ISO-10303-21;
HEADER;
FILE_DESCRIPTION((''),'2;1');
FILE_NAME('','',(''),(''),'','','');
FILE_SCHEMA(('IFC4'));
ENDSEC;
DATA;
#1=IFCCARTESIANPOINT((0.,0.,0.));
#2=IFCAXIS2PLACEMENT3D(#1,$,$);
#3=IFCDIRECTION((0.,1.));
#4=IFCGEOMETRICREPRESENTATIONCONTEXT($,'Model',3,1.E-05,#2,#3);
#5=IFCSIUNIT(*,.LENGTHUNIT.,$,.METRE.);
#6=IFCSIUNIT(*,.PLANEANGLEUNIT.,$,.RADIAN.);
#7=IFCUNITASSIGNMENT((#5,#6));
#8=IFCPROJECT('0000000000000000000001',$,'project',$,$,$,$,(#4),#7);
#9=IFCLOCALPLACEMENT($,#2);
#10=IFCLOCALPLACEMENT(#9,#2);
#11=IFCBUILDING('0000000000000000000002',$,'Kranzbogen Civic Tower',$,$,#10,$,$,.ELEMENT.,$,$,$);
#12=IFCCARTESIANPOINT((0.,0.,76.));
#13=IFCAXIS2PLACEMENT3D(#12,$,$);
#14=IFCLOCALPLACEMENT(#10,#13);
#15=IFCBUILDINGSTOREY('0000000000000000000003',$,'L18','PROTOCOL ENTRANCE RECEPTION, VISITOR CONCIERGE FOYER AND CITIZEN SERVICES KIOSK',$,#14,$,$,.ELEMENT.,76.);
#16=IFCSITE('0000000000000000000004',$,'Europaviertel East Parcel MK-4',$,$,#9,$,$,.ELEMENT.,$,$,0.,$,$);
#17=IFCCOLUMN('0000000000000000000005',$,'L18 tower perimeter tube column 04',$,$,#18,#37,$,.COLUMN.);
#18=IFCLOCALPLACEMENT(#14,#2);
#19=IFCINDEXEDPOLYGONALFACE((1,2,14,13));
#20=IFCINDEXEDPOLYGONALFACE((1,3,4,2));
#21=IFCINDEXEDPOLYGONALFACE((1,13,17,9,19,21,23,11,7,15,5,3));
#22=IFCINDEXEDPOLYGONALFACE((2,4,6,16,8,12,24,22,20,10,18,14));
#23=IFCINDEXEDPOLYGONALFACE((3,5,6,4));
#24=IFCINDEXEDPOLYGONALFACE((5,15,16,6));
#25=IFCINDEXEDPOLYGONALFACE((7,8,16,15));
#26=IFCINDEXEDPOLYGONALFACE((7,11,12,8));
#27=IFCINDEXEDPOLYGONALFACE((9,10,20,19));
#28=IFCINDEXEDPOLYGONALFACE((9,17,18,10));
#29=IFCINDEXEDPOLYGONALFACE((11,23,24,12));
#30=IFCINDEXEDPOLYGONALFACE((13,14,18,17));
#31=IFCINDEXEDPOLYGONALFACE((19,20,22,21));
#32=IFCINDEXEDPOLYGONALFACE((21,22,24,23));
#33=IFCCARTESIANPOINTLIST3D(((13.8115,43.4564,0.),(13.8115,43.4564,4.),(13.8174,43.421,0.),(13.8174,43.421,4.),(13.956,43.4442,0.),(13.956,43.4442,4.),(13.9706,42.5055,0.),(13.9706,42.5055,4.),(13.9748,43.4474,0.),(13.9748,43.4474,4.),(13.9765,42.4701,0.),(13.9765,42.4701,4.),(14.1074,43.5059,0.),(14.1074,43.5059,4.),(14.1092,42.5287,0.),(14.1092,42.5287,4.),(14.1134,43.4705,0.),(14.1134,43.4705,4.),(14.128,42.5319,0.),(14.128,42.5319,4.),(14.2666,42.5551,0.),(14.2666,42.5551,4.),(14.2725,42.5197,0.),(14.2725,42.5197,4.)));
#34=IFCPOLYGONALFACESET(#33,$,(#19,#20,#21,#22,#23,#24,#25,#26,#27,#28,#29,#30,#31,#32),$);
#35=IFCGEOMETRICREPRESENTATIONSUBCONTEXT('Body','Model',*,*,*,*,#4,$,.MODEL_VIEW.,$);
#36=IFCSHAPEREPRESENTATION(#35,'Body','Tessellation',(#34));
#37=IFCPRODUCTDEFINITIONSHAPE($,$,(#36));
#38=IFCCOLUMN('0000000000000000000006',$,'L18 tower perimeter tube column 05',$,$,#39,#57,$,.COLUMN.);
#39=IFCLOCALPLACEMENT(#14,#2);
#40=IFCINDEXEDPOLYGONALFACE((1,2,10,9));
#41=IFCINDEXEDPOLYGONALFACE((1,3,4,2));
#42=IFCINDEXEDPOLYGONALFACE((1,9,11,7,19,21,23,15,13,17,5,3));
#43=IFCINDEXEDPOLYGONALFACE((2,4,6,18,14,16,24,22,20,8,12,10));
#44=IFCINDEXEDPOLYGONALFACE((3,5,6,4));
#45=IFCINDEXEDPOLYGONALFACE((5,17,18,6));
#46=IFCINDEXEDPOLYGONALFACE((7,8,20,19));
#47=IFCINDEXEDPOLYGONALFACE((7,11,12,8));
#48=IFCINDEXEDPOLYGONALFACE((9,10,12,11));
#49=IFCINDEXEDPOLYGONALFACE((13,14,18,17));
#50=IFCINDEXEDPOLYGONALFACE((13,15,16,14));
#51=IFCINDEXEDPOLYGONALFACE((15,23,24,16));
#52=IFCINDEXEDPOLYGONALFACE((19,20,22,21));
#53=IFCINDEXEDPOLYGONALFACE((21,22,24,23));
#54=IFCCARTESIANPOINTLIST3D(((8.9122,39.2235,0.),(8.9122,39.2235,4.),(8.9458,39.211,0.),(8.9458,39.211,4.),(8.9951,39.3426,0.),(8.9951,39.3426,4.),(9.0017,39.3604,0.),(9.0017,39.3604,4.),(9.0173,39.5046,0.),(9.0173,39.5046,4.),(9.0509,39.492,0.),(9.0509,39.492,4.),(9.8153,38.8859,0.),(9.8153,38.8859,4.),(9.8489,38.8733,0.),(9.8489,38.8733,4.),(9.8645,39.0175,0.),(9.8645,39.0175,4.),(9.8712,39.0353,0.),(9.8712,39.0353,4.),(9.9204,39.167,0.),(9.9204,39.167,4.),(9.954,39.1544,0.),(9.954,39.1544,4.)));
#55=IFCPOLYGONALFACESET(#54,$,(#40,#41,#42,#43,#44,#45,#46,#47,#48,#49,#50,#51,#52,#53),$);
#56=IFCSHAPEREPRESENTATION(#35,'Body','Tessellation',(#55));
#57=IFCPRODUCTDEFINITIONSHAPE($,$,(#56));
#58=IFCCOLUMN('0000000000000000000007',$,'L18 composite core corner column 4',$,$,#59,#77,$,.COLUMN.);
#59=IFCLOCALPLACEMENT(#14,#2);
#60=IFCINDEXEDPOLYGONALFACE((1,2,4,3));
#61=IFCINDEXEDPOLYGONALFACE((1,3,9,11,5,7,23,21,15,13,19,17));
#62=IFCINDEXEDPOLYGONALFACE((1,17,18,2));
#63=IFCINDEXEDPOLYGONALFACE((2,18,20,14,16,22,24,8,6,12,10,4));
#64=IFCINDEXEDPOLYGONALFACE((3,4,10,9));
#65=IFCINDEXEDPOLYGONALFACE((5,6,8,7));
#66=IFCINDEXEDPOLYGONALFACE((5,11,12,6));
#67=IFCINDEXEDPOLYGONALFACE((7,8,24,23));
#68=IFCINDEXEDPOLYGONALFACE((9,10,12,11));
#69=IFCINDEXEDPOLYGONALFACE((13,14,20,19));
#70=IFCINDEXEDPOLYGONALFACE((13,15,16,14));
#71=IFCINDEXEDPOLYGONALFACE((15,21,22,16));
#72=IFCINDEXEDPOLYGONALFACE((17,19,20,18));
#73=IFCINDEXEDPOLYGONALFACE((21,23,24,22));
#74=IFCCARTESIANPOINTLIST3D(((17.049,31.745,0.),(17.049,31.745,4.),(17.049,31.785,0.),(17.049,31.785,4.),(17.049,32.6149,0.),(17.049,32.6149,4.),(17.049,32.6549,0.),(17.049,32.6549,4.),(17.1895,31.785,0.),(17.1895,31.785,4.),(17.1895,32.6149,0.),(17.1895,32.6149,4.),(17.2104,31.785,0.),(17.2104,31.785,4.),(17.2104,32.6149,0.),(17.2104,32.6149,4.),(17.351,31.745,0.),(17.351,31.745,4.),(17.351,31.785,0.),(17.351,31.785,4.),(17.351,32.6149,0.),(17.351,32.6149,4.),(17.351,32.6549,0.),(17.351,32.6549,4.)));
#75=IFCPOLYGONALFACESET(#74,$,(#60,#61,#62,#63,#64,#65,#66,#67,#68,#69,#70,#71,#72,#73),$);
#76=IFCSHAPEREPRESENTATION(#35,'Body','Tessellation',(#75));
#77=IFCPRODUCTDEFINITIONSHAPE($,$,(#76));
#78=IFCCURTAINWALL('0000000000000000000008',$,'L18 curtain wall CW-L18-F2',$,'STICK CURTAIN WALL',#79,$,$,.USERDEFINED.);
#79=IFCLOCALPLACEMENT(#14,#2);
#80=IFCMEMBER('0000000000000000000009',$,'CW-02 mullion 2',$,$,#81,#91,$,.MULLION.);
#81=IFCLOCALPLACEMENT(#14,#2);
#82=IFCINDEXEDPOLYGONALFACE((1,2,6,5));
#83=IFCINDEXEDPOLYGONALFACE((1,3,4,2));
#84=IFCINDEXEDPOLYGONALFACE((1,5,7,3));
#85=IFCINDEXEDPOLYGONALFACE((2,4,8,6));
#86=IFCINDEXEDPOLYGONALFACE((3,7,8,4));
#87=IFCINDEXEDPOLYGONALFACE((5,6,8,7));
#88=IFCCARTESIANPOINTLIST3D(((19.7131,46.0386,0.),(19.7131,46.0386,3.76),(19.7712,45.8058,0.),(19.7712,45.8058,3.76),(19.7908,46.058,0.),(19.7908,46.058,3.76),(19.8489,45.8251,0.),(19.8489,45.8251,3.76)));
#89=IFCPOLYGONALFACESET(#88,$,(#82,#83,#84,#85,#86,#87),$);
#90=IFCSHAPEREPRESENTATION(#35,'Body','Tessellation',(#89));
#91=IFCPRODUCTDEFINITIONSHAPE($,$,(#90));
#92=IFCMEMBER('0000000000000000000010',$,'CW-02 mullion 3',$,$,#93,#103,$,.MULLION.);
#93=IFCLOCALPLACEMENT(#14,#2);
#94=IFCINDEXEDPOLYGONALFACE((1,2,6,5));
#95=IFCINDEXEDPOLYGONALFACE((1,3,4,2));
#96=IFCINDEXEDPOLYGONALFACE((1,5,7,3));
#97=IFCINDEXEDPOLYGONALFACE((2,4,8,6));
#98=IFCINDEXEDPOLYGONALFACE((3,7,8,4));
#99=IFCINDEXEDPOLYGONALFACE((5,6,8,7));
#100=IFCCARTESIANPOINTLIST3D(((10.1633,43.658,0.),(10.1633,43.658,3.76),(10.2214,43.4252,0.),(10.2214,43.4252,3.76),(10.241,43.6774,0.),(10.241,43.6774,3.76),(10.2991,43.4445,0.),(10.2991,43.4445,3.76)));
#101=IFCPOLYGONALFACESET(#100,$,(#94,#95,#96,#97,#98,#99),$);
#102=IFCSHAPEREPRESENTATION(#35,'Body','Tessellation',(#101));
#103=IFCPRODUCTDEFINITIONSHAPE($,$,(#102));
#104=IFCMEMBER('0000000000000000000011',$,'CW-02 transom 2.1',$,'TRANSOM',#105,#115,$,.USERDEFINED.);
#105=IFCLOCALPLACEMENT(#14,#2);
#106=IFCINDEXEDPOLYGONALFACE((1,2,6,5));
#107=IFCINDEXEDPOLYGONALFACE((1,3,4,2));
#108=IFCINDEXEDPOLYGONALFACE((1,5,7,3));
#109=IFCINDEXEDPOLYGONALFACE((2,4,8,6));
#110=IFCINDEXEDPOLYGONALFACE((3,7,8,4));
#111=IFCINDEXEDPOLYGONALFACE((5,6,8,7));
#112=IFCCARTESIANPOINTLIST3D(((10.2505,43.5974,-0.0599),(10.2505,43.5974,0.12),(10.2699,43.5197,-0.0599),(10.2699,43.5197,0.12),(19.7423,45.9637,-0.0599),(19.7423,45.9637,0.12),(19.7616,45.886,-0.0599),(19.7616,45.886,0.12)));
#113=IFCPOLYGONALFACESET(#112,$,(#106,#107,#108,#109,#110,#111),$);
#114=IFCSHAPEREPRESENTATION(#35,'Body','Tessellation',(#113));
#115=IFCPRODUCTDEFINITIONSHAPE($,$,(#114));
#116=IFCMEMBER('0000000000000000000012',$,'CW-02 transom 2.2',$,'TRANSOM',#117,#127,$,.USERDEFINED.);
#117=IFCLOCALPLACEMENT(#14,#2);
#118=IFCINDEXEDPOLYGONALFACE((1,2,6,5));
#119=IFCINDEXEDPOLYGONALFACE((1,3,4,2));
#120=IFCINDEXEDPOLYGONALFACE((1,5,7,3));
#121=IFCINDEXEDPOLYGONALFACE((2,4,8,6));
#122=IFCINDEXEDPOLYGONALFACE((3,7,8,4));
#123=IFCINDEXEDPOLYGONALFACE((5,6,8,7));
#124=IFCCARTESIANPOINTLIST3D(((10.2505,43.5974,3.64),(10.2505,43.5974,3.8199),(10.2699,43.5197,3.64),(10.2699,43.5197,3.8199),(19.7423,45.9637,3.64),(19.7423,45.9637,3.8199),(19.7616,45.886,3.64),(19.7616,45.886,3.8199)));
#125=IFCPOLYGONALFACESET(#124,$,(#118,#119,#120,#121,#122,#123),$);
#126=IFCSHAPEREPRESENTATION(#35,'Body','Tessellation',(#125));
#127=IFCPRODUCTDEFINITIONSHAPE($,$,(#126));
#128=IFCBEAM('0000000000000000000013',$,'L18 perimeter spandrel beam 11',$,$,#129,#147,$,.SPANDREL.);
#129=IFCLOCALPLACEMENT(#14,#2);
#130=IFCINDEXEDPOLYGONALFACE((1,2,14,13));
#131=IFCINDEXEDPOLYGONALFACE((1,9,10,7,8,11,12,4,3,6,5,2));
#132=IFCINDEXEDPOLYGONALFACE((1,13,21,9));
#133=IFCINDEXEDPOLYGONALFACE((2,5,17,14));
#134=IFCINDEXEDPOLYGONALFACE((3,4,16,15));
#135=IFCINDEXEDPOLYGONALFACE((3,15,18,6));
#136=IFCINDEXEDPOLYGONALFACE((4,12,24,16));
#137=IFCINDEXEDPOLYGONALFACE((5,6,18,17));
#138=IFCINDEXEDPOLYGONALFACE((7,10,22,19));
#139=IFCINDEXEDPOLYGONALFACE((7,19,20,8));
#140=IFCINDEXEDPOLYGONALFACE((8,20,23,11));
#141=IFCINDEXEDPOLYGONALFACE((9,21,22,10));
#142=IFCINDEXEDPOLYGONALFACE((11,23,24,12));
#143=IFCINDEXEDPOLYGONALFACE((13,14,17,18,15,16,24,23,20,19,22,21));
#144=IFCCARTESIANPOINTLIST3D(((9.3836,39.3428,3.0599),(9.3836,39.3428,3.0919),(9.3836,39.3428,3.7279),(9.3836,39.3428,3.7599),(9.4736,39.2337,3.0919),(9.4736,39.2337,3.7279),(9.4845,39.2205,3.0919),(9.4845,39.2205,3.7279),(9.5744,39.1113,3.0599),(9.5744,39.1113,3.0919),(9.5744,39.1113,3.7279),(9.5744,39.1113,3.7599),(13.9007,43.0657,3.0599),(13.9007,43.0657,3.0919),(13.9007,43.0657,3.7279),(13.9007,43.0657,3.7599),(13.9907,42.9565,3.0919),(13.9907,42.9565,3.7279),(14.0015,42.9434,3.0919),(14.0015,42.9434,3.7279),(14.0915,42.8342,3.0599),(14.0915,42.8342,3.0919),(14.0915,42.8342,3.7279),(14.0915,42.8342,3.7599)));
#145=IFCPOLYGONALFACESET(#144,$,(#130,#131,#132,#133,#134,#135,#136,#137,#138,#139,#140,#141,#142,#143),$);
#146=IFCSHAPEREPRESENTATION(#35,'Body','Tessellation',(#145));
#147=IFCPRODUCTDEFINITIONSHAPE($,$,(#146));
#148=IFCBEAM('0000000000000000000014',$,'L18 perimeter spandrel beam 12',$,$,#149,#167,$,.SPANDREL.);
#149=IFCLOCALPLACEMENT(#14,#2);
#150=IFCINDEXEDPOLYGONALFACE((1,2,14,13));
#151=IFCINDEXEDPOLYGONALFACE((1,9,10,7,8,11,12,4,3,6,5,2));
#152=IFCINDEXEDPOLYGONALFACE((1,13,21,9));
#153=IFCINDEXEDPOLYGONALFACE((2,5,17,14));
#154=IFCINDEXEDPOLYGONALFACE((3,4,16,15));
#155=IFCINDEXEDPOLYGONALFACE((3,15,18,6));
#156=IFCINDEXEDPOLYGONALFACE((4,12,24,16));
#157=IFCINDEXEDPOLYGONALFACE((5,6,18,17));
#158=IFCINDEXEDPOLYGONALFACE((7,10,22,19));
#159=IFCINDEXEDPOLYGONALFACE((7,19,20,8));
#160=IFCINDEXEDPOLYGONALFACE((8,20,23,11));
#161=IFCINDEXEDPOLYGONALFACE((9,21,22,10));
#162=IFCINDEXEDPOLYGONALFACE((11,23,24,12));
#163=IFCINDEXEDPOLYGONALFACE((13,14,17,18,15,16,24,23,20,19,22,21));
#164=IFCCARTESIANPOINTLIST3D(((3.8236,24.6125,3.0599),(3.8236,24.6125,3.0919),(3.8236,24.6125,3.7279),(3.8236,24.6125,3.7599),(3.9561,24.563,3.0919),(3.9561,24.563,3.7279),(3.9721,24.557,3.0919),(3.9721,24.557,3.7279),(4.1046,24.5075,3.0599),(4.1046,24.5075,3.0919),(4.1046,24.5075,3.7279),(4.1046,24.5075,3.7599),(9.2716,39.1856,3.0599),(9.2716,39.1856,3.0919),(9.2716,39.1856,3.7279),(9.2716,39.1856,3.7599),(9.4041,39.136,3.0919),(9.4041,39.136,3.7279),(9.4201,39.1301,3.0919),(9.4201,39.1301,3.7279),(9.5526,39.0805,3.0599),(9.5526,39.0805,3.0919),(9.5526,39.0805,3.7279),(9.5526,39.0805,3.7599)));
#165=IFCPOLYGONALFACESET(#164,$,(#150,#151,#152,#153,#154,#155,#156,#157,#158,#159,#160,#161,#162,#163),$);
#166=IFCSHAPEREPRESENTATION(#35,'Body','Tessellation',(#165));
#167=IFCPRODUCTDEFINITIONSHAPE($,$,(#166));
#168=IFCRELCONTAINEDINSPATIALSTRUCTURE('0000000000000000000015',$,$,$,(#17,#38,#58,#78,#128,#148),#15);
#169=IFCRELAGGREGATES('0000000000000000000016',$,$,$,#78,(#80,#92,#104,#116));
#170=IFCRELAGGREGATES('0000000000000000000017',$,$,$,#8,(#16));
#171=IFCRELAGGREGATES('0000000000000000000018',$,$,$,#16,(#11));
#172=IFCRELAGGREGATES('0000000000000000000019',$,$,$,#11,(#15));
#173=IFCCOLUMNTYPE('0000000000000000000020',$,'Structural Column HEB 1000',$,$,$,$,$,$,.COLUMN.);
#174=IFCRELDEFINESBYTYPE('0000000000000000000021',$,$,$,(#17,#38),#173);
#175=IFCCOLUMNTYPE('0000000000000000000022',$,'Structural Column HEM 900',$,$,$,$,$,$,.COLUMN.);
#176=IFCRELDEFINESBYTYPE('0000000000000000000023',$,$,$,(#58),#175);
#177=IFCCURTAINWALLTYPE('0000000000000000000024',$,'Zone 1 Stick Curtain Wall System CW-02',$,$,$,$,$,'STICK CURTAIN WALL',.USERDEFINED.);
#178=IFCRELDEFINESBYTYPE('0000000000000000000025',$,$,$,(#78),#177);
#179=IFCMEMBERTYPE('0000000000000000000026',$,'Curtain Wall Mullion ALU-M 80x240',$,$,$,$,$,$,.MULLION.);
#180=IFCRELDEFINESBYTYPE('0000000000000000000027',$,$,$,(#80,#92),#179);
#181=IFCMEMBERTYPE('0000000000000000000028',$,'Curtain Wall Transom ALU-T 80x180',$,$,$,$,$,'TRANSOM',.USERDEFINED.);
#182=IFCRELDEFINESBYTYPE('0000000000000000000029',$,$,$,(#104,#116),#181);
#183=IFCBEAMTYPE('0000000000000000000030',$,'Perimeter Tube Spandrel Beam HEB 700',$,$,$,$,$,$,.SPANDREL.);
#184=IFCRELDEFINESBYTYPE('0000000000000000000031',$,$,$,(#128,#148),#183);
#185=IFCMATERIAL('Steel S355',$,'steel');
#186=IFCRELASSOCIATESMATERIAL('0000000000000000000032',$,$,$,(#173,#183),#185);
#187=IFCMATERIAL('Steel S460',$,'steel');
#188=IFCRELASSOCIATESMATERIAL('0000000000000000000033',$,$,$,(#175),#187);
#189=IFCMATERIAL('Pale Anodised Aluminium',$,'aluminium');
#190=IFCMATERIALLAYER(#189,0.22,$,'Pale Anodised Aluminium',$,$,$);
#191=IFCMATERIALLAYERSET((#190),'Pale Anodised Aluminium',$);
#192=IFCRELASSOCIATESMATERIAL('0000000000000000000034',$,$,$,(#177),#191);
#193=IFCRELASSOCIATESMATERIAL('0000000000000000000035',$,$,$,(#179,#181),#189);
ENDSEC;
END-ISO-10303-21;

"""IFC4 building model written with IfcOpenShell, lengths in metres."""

from ifc_helpers import new_model, si_unit, direction, frame, origin, origin_2d, place, context, subcontext, project, spatial, rectangle, i_section, extrude, material, layer, layer_set, material_profile, profile_set, type_object, element, aggregate, save


model = new_model("IFC4")

# Units and contexts
model_context = context("Model", 3, precision=1e-05, world=origin(), true_north=direction((0.0, 1.0)))
body_context = subcontext(model_context, "Body", "Model", "MODEL_VIEW")
ifc_project = project(units=[si_unit("LENGTHUNIT", "METRE"), si_unit("PLANEANGLEUNIT", "RADIAN")], contexts=[model_context])

# Site, building, storey
site_placement = place(None, origin())
site = spatial("IfcSite", under=ifc_project, at=site_placement, Name="Europaviertel East Parcel MK-4", CompositionType="ELEMENT", RefElevation=0.0)
building_placement = place(site_placement, origin())
building = spatial("IfcBuilding", under=site, at=building_placement, Name="Kranzbogen Civic Tower", CompositionType="ELEMENT")
storey_placement = place(building_placement, frame((0.0, 0.0, 76.0)))
storey = spatial("IfcBuildingStorey", under=building, at=storey_placement, Name="L18", Description="PROTOCOL ENTRANCE RECEPTION, VISITOR CONCIERGE FOYER AND CITIZEN SERVICES KIOSK", CompositionType="ELEMENT", Elevation=76.0)

# Columns
ifc_material_1 = material(Name="Steel S355", Category="steel")
ifc_material_profile_1 = material_profile(ifc_material_1, i_section(OverallWidth=0.3, OverallDepth=1.0, WebThickness=0.019, FlangeThickness=0.0359, at=origin_2d()), Name="HEB 1000")
ifc_profile_set_1 = profile_set([ifc_material_profile_1], Name="Steel S355")
column_type_1 = type_object("IfcColumnType", Name="Structural Column HEB 1000", PredefinedType="COLUMN", material=ifc_profile_set_1)
for number, where, z_axis, x_axis, name in (
    (1, (14.042, 42.988, 0.0), (0.0, 0.0, 1.0), (0.986286, 0.165048, 0.0), "L18 tower perimeter tube column 04"),
    (2, (9.4331, 39.189, 0.0), (0.0, 0.0, 1.0), (0.350207, 0.936672, 0.0), "L18 tower perimeter tube column 05"),
):
    element("IfcColumn", number, at=place(storey_placement, frame(where, z_axis=z_axis, x_axis=x_axis)), inside=storey, type_object=column_type_1, Name=name, PredefinedType="COLUMN", context=body_context, shape_type="SweptSolid", body=[
        extrude(i_section(OverallWidth=0.3, OverallDepth=1.0, WebThickness=0.019, FlangeThickness=0.0359, at=origin_2d()), origin(), (0.0, 0.0, 1.0), 4.0),
    ])
ifc_material_2 = material(Name="Steel S460", Category="steel")
ifc_material_profile_2 = material_profile(ifc_material_2, i_section(OverallWidth=0.302, OverallDepth=0.9099, WebThickness=0.021, FlangeThickness=0.04, at=origin_2d()), Name="HEM 900")
ifc_profile_set_2 = profile_set([ifc_material_profile_2], Name="Steel S460")
column_type_2 = type_object("IfcColumnType", Name="Structural Column HEM 900", PredefinedType="COLUMN", material=ifc_profile_set_2)
column_placement = place(storey_placement, frame((17.2, 32.2, 0.0), z_axis=(0.0, 0.0, 1.0), x_axis=(1.0, 0.0, 0.0)))
element("IfcColumn", 3, at=column_placement, inside=storey, type_object=column_type_2, Name="L18 composite core corner column 4", PredefinedType="COLUMN", context=body_context, shape_type="SweptSolid", body=[
    extrude(i_section(OverallWidth=0.302, OverallDepth=0.9099, WebThickness=0.021, FlangeThickness=0.04, at=origin_2d()), origin(), (0.0, 0.0, 1.0), 4.0),
])

# Curtain wall, members
ifc_material_3 = material(Name="Pale Anodised Aluminium", Category="aluminium")
ifc_layer_1 = layer(ifc_material_3, 0.22, Name="Pale Anodised Aluminium")
ifc_layer_set_1 = layer_set([ifc_layer_1], Name="Pale Anodised Aluminium")
curtain_wall_type = type_object("IfcCurtainWallType", Name="Zone 1 Stick Curtain Wall System CW-02", ElementType="STICK CURTAIN WALL", PredefinedType="USERDEFINED", material=ifc_layer_set_1)
curtain_wall_placement = place(storey_placement, origin())
curtain_wall = element("IfcCurtainWall", 4, at=curtain_wall_placement, inside=storey, type_object=curtain_wall_type, Name="L18 curtain wall CW-L18-F2", ObjectType="STICK CURTAIN WALL", PredefinedType="USERDEFINED")
ifc_material_profile_3 = material_profile(ifc_material_3, rectangle(XDim=0.0801, YDim=0.24, at=origin_2d()), Name="ALU-M 80x240")
ifc_profile_set_3 = profile_set([ifc_material_profile_3], Name="Pale Anodised Aluminium")
member_type_1 = type_object("IfcMemberType", Name="Curtain Wall Mullion ALU-M 80x240", PredefinedType="MULLION", material=ifc_profile_set_3)
member_1_placement = place(storey_placement, frame((19.781, 45.9319, 0.0), z_axis=(0.0, 0.0, 1.0), x_axis=(-0.970303, -0.241892, 0.0)))
member_1 = element("IfcMember", 5, at=member_1_placement, type_object=member_type_1, Name="CW-02 mullion 2", PredefinedType="MULLION", context=body_context, shape_type="SweptSolid", body=[
    extrude(rectangle(XDim=0.0801, YDim=0.24, at=origin_2d()), origin(), (0.0, 0.0, 1.0), 3.76),
])
member_2_placement = place(storey_placement, frame((10.2312, 43.5513, 0.0), z_axis=(0.0, 0.0, 1.0), x_axis=(-0.970303, -0.241892, 0.0)))
member_2 = element("IfcMember", 6, at=member_2_placement, type_object=member_type_1, Name="CW-02 mullion 3", PredefinedType="MULLION", context=body_context, shape_type="SweptSolid", body=[
    extrude(rectangle(XDim=0.0801, YDim=0.24, at=origin_2d()), origin(), (0.0, 0.0, 1.0), 3.76),
])
ifc_material_profile_4 = material_profile(ifc_material_3, rectangle(XDim=0.0801, YDim=0.1799, at=origin_2d()), Name="ALU-T 80x180")
ifc_profile_set_4 = profile_set([ifc_material_profile_4], Name="Pale Anodised Aluminium")
member_type_2 = type_object("IfcMemberType", Name="Curtain Wall Transom ALU-T 80x180", ElementType="TRANSOM", PredefinedType="USERDEFINED", material=ifc_profile_set_4)
member_3_placement = place(storey_placement, frame((19.752, 45.9248, 0.03), z_axis=(-0.970304, -0.24189, 0.0), x_axis=(0.24189, -0.970304, 0.0)))
member_3 = element("IfcMember", 7, at=member_3_placement, type_object=member_type_2, Name="CW-02 transom 2.1", ObjectType="TRANSOM", PredefinedType="USERDEFINED", context=body_context, shape_type="SweptSolid", body=[
    extrude(rectangle(XDim=0.0801, YDim=0.1799, at=origin_2d()), origin(), (0.0, 0.0, 1.0), 9.7822),
])
member_4_placement = place(storey_placement, frame((19.752, 45.9248, 3.73), z_axis=(-0.970304, -0.24189, 0.0), x_axis=(0.24189, -0.970304, 0.0)))
member_4 = element("IfcMember", 8, at=member_4_placement, type_object=member_type_2, Name="CW-02 transom 2.2", ObjectType="TRANSOM", PredefinedType="USERDEFINED", context=body_context, shape_type="SweptSolid", body=[
    extrude(rectangle(XDim=0.0801, YDim=0.1799, at=origin_2d()), origin(), (0.0, 0.0, 1.0), 9.7822),
])

# Beams
ifc_material_profile_5 = material_profile(ifc_material_1, i_section(OverallWidth=0.3, OverallDepth=0.7, WebThickness=0.0171, FlangeThickness=0.032, at=origin_2d()), Name="HEB 700")
ifc_profile_set_5 = profile_set([ifc_material_profile_5], Name="Steel S355")
beam_type_1 = type_object("IfcBeamType", Name="Perimeter Tube Spandrel Beam HEB 700", PredefinedType="SPANDREL", material=ifc_profile_set_5)
beam_1_placement = place(storey_placement, frame((13.9961, 42.95, 3.4099), z_axis=(-0.771683, -0.636007, 0.0), x_axis=(0.636007, -0.771683, 0.0)))
element("IfcBeam", 9, at=beam_1_placement, inside=storey, type_object=beam_type_1, Name="L18 perimeter spandrel beam 11", PredefinedType="SPANDREL", context=body_context, shape_type="SweptSolid", body=[
    extrude(i_section(OverallWidth=0.3, OverallDepth=0.7, WebThickness=0.0171, FlangeThickness=0.032, at=origin_2d()), origin(), (0.0, 0.0, 1.0), 5.8535),
])
beam_2_placement = place(storey_placement, frame((9.4121, 39.1331, 3.4099), z_axis=(-0.350172, -0.936685, 0.0), x_axis=(0.936685, -0.350172, 0.0)))
element("IfcBeam", 10, at=beam_2_placement, inside=storey, type_object=beam_type_1, Name="L18 perimeter spandrel beam 12", PredefinedType="SPANDREL", context=body_context, shape_type="SweptSolid", body=[
    extrude(i_section(OverallWidth=0.3, OverallDepth=0.7, WebThickness=0.0171, FlangeThickness=0.032, at=origin_2d()), origin(), (0.0, 0.0, 1.0), 15.5581),
])

aggregate(curtain_wall, [member_1, member_2, member_3, member_4])

save(model, "model.ifc")
